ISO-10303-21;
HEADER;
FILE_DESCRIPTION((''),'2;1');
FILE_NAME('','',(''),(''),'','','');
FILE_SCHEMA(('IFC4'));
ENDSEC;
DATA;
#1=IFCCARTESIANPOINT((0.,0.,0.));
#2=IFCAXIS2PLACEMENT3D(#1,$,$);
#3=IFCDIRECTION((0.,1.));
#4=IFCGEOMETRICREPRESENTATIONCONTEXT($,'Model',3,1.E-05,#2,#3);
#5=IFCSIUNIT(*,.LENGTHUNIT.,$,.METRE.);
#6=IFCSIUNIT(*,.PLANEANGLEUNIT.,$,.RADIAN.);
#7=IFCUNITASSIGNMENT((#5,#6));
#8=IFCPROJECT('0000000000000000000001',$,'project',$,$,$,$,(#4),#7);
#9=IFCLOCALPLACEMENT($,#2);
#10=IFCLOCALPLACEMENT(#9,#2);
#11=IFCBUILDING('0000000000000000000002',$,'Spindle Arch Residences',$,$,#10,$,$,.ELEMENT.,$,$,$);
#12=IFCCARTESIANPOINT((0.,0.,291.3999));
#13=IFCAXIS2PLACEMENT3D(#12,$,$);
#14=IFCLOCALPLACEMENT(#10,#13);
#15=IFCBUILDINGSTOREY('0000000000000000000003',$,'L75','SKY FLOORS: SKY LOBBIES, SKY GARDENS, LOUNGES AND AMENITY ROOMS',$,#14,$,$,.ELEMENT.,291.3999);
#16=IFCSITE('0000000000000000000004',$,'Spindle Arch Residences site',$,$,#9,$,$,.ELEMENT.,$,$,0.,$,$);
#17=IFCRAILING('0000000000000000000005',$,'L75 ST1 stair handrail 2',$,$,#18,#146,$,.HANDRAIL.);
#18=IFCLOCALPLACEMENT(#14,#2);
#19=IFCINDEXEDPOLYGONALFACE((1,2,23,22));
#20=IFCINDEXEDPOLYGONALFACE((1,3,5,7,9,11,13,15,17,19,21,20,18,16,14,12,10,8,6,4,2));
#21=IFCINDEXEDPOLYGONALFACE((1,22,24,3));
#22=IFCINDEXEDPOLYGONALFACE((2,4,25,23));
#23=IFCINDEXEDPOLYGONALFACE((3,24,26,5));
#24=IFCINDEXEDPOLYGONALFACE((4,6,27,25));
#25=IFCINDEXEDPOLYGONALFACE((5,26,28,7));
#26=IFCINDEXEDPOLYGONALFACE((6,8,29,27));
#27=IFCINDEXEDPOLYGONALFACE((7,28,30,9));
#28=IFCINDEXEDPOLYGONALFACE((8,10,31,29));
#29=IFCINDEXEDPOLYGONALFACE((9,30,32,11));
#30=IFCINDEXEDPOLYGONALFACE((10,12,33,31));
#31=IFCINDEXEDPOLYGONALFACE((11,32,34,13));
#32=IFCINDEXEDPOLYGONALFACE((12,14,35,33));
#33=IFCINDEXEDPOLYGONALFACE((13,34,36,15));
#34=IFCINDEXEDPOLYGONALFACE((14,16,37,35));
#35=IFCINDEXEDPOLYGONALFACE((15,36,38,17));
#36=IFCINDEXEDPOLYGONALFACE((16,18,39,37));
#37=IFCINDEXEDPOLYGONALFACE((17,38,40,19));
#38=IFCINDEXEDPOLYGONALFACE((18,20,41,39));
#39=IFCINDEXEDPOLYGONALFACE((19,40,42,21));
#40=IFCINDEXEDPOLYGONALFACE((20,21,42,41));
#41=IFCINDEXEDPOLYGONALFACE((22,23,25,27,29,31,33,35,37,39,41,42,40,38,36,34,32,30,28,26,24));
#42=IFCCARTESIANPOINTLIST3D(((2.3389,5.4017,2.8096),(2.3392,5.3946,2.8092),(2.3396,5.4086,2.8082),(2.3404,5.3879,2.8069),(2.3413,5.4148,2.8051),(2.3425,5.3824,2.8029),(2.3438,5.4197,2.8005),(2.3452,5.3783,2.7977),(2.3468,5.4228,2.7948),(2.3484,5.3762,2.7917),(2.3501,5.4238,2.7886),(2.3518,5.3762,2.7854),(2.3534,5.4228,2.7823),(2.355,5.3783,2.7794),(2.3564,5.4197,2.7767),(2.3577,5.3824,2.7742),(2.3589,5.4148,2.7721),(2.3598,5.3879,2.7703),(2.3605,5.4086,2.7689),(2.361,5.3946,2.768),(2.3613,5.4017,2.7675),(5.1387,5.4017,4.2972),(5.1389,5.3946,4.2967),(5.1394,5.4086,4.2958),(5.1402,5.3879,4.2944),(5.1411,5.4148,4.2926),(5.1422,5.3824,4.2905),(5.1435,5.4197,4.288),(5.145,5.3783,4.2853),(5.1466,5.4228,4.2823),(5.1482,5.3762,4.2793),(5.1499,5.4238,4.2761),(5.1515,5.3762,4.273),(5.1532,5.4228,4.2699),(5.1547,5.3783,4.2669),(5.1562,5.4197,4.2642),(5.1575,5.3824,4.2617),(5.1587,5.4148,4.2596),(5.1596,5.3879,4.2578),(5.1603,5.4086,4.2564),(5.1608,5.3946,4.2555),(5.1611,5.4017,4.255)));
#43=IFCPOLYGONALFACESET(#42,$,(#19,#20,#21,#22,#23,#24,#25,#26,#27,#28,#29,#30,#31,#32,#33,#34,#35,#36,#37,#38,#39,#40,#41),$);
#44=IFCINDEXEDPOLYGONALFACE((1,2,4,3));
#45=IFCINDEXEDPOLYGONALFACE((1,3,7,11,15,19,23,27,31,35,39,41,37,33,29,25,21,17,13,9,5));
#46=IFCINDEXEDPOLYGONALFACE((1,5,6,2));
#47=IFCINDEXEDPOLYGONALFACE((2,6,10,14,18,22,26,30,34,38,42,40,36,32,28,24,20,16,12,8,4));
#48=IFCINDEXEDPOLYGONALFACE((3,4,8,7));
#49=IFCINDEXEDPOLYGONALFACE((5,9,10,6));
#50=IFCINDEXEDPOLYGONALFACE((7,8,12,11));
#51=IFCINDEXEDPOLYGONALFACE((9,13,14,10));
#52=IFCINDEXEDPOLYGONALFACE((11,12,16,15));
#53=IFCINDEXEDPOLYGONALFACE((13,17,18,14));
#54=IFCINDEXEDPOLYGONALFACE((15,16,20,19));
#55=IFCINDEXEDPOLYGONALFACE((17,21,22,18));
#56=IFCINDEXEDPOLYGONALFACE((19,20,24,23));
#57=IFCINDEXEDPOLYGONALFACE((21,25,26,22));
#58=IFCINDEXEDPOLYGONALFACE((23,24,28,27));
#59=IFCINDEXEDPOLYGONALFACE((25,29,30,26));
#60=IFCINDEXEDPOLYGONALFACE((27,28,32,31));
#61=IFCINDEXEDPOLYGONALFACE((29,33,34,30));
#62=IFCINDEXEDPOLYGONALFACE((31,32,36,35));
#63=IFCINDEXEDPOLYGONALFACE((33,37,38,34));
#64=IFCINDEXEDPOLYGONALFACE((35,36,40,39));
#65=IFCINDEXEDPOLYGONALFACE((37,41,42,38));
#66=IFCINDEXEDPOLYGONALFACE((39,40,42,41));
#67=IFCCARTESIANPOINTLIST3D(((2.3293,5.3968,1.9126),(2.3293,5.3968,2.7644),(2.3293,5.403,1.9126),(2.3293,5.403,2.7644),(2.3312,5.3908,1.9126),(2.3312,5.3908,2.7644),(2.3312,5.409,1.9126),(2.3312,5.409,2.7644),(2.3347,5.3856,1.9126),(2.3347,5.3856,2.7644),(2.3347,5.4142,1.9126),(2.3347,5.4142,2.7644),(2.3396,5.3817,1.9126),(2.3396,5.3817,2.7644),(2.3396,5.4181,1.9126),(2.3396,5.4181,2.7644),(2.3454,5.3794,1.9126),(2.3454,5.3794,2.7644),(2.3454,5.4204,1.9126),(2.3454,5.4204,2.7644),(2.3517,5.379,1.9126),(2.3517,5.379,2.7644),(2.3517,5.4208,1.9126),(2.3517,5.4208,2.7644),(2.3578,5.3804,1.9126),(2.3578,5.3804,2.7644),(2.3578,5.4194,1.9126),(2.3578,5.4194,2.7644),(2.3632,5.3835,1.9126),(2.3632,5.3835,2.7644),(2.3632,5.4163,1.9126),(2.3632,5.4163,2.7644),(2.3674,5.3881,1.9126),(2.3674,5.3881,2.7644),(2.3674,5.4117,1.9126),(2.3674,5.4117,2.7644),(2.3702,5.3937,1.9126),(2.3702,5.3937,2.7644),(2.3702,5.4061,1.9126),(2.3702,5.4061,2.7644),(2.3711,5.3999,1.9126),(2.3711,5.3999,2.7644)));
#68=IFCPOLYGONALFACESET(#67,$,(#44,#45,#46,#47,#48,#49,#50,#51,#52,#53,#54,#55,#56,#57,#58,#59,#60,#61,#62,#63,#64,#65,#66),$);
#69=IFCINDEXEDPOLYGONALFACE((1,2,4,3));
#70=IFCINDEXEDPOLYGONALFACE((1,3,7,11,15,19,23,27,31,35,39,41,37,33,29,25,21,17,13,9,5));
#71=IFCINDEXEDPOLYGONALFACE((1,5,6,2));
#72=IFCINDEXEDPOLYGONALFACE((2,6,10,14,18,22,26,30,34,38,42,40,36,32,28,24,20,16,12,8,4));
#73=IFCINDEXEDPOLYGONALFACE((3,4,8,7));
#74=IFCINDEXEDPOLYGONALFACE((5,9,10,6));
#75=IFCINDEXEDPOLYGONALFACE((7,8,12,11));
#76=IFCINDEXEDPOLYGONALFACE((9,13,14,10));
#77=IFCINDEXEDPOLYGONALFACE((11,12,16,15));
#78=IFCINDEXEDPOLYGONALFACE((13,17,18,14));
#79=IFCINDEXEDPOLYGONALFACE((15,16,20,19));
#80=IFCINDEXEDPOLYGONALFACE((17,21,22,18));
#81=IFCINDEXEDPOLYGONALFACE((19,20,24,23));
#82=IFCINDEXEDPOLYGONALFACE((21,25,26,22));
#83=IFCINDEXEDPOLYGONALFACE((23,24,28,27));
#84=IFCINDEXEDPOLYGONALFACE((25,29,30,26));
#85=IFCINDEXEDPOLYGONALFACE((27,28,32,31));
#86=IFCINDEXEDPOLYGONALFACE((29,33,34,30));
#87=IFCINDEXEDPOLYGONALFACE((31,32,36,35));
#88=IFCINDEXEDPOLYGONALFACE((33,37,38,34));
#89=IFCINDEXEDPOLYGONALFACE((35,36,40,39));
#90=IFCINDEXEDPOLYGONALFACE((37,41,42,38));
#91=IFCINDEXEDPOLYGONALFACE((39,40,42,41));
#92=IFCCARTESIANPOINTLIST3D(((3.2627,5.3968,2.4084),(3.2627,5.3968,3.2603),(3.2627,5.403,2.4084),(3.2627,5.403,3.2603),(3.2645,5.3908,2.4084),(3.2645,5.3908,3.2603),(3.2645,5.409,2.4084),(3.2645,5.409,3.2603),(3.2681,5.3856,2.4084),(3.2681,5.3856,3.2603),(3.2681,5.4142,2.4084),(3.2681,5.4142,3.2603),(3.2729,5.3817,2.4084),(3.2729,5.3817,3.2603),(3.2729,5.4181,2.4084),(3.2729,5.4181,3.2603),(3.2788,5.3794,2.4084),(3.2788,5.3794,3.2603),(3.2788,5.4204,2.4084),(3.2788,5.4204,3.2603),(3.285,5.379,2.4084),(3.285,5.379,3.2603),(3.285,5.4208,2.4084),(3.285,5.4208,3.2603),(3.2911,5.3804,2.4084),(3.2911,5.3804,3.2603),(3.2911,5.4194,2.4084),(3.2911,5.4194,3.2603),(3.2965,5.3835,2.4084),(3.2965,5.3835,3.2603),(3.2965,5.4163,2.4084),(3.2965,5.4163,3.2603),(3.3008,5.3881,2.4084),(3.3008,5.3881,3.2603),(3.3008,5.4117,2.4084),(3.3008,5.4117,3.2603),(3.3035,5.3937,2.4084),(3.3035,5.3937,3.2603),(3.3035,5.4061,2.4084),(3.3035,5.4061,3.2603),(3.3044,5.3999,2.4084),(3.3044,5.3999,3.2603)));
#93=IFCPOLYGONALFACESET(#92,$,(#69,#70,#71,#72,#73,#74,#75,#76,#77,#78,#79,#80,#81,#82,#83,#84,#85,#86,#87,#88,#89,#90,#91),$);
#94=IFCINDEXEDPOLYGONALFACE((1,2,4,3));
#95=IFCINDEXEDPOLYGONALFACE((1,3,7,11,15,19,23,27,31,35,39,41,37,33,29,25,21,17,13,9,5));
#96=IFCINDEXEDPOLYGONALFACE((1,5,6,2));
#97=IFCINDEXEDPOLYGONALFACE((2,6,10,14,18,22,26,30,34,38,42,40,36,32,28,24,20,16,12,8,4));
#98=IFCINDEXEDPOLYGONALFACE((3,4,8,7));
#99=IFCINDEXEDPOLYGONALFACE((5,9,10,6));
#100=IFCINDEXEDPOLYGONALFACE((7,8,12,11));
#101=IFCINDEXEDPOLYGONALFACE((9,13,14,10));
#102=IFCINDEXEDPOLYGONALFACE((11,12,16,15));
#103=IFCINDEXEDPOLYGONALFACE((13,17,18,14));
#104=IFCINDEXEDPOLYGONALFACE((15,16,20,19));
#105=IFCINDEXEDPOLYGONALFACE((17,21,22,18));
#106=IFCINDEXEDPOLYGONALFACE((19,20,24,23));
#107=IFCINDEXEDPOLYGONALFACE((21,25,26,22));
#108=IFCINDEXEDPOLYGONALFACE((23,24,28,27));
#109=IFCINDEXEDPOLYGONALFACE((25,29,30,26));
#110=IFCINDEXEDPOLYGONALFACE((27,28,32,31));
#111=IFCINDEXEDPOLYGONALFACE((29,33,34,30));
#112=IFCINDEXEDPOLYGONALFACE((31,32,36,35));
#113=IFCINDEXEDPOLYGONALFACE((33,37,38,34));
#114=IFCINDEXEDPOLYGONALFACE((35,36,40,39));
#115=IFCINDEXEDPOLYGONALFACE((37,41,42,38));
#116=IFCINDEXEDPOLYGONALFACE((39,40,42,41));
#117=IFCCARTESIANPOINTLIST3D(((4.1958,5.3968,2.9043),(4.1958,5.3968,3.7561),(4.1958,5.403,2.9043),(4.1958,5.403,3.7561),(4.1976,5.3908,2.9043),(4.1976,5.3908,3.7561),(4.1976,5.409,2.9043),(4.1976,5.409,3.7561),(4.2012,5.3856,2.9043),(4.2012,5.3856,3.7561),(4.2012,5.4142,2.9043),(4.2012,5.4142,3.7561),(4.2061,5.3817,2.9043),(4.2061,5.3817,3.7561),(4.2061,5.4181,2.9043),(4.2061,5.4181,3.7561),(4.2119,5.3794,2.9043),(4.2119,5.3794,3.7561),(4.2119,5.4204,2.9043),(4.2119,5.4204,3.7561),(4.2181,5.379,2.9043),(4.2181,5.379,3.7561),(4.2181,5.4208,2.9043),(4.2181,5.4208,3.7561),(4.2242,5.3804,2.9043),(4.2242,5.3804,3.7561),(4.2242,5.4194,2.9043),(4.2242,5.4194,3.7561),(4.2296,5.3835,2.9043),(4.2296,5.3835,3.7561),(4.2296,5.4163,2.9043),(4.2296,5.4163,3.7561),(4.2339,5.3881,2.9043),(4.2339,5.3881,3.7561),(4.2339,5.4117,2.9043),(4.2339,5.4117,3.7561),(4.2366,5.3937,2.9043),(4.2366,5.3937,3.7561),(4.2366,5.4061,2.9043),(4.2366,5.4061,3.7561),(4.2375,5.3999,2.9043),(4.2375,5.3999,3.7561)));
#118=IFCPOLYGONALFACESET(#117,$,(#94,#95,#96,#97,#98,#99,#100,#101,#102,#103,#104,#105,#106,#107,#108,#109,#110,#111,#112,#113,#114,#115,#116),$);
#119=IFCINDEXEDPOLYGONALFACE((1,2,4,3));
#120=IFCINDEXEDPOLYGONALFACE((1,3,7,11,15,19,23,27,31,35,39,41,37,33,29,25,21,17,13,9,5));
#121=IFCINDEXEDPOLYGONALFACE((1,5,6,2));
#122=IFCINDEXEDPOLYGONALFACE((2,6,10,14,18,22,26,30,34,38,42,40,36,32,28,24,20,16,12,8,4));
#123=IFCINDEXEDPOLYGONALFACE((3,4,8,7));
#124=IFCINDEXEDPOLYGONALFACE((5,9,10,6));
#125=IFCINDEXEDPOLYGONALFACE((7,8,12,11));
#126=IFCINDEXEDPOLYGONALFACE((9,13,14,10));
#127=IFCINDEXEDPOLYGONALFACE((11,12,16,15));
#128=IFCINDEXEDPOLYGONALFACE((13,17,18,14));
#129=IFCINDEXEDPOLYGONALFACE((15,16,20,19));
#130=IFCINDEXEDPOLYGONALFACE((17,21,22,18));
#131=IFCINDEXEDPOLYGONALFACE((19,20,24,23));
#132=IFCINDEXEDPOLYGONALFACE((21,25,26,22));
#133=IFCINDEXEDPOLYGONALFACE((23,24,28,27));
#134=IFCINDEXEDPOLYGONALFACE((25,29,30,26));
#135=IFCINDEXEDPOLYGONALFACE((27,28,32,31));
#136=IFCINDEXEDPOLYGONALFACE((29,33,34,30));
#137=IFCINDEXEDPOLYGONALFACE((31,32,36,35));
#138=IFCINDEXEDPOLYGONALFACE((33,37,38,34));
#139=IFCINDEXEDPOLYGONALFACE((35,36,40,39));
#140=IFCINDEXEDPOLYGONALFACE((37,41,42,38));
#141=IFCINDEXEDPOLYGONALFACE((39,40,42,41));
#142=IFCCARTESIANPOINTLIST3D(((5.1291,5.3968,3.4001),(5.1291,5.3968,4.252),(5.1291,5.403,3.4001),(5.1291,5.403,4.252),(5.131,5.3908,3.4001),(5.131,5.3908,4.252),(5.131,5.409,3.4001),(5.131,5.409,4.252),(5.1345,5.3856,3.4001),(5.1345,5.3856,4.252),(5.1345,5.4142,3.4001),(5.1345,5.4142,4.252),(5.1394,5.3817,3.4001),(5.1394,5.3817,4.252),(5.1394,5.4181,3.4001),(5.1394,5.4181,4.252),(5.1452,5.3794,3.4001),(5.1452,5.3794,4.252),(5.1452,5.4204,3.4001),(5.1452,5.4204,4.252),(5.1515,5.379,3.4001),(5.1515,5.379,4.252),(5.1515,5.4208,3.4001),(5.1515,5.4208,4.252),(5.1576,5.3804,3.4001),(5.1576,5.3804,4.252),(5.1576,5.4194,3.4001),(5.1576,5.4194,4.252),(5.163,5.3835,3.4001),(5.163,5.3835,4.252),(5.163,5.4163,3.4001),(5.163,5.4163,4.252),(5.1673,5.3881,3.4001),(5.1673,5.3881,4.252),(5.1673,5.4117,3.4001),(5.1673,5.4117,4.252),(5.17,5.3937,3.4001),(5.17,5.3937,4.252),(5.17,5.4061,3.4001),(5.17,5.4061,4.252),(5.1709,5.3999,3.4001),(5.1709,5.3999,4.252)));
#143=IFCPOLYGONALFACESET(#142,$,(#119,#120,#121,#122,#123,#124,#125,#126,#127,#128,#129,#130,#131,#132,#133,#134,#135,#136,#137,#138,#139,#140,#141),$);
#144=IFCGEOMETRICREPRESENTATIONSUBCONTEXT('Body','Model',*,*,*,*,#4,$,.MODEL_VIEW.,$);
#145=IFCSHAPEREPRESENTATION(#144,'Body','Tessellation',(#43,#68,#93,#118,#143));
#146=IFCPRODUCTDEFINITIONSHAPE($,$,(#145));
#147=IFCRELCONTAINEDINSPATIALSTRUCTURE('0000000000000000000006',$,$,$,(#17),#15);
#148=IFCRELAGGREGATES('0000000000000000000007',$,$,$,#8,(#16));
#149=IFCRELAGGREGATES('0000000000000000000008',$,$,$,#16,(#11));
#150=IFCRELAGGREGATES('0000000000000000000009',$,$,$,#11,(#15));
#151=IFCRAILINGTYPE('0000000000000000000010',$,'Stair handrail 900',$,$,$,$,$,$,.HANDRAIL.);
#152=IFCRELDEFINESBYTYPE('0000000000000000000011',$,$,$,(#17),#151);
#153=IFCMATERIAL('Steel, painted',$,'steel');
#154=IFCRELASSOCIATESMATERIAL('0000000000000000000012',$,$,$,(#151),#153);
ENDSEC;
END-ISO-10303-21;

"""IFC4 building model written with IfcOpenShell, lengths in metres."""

from ifc_helpers import new_model, si_unit, direction, frame, origin, origin_2d, place, context, subcontext, project, spatial, circle, extrude, material, type_object, element, save


model = new_model("IFC4")

# Units and contexts
model_context = context("Model", 3, precision=1e-05, world=origin(), true_north=direction((0.0, 1.0)))
body_context = subcontext(model_context, "Body", "Model", "MODEL_VIEW")
ifc_project = project(units=[si_unit("LENGTHUNIT", "METRE"), si_unit("PLANEANGLEUNIT", "RADIAN")], contexts=[model_context])

# Site, building, storey
site_placement = place(None, origin())
site = spatial("IfcSite", under=ifc_project, at=site_placement, Name="Spindle Arch Residences site", CompositionType="ELEMENT", RefElevation=0.0)
building_placement = place(site_placement, origin())
building = spatial("IfcBuilding", under=site, at=building_placement, Name="Spindle Arch Residences", CompositionType="ELEMENT")
storey_placement = place(building_placement, frame((0.0, 0.0, 291.3999)))
storey = spatial("IfcBuildingStorey", under=building, at=storey_placement, Name="L75", Description="SKY FLOORS: SKY LOBBIES, SKY GARDENS, LOUNGES AND AMENITY ROOMS", CompositionType="ELEMENT", Elevation=291.3999)

# Railing
ifc_material_1 = material(Name="Steel, painted", Category="steel")
railing_type = type_object("IfcRailingType", Name="Stair handrail 900", PredefinedType="HANDRAIL", material=ifc_material_1)
for number, where, name in (
    (1, (2.3501, 5.3999, 1.9126), "L75 ST1 stair handrail 2"),
):
    element("IfcRailing", number, at=place(storey_placement, frame(where)), inside=storey, type_object=railing_type, Name=name, PredefinedType="HANDRAIL", context=body_context, shape_type="SweptSolid", body=[
        extrude(circle(Radius=0.0239, at=origin_2d()), frame((0.0, 0.0, 0.876), z_axis=(0.883096, 0.0, 0.469193), x_axis=(0.0, 1.0, 0.0)), (0.0, 0.0, 1.0), 3.1704),
        extrude(circle(Radius=0.021, at=origin_2d()), origin(), (0.0, 0.0, 1.0), 0.8518),
        extrude(circle(Radius=0.021, at=origin_2d()), frame((0.9333, 0.0, 0.4958)), (0.0, 0.0, 1.0), 0.8518),
        extrude(circle(Radius=0.021, at=origin_2d()), frame((1.8665, 0.0, 0.9917)), (0.0, 0.0, 1.0), 0.8518),
        extrude(circle(Radius=0.021, at=origin_2d()), frame((2.7998, 0.0, 1.4875)), (0.0, 0.0, 1.0), 0.8518),
    ])

save(model, "model.ifc")
